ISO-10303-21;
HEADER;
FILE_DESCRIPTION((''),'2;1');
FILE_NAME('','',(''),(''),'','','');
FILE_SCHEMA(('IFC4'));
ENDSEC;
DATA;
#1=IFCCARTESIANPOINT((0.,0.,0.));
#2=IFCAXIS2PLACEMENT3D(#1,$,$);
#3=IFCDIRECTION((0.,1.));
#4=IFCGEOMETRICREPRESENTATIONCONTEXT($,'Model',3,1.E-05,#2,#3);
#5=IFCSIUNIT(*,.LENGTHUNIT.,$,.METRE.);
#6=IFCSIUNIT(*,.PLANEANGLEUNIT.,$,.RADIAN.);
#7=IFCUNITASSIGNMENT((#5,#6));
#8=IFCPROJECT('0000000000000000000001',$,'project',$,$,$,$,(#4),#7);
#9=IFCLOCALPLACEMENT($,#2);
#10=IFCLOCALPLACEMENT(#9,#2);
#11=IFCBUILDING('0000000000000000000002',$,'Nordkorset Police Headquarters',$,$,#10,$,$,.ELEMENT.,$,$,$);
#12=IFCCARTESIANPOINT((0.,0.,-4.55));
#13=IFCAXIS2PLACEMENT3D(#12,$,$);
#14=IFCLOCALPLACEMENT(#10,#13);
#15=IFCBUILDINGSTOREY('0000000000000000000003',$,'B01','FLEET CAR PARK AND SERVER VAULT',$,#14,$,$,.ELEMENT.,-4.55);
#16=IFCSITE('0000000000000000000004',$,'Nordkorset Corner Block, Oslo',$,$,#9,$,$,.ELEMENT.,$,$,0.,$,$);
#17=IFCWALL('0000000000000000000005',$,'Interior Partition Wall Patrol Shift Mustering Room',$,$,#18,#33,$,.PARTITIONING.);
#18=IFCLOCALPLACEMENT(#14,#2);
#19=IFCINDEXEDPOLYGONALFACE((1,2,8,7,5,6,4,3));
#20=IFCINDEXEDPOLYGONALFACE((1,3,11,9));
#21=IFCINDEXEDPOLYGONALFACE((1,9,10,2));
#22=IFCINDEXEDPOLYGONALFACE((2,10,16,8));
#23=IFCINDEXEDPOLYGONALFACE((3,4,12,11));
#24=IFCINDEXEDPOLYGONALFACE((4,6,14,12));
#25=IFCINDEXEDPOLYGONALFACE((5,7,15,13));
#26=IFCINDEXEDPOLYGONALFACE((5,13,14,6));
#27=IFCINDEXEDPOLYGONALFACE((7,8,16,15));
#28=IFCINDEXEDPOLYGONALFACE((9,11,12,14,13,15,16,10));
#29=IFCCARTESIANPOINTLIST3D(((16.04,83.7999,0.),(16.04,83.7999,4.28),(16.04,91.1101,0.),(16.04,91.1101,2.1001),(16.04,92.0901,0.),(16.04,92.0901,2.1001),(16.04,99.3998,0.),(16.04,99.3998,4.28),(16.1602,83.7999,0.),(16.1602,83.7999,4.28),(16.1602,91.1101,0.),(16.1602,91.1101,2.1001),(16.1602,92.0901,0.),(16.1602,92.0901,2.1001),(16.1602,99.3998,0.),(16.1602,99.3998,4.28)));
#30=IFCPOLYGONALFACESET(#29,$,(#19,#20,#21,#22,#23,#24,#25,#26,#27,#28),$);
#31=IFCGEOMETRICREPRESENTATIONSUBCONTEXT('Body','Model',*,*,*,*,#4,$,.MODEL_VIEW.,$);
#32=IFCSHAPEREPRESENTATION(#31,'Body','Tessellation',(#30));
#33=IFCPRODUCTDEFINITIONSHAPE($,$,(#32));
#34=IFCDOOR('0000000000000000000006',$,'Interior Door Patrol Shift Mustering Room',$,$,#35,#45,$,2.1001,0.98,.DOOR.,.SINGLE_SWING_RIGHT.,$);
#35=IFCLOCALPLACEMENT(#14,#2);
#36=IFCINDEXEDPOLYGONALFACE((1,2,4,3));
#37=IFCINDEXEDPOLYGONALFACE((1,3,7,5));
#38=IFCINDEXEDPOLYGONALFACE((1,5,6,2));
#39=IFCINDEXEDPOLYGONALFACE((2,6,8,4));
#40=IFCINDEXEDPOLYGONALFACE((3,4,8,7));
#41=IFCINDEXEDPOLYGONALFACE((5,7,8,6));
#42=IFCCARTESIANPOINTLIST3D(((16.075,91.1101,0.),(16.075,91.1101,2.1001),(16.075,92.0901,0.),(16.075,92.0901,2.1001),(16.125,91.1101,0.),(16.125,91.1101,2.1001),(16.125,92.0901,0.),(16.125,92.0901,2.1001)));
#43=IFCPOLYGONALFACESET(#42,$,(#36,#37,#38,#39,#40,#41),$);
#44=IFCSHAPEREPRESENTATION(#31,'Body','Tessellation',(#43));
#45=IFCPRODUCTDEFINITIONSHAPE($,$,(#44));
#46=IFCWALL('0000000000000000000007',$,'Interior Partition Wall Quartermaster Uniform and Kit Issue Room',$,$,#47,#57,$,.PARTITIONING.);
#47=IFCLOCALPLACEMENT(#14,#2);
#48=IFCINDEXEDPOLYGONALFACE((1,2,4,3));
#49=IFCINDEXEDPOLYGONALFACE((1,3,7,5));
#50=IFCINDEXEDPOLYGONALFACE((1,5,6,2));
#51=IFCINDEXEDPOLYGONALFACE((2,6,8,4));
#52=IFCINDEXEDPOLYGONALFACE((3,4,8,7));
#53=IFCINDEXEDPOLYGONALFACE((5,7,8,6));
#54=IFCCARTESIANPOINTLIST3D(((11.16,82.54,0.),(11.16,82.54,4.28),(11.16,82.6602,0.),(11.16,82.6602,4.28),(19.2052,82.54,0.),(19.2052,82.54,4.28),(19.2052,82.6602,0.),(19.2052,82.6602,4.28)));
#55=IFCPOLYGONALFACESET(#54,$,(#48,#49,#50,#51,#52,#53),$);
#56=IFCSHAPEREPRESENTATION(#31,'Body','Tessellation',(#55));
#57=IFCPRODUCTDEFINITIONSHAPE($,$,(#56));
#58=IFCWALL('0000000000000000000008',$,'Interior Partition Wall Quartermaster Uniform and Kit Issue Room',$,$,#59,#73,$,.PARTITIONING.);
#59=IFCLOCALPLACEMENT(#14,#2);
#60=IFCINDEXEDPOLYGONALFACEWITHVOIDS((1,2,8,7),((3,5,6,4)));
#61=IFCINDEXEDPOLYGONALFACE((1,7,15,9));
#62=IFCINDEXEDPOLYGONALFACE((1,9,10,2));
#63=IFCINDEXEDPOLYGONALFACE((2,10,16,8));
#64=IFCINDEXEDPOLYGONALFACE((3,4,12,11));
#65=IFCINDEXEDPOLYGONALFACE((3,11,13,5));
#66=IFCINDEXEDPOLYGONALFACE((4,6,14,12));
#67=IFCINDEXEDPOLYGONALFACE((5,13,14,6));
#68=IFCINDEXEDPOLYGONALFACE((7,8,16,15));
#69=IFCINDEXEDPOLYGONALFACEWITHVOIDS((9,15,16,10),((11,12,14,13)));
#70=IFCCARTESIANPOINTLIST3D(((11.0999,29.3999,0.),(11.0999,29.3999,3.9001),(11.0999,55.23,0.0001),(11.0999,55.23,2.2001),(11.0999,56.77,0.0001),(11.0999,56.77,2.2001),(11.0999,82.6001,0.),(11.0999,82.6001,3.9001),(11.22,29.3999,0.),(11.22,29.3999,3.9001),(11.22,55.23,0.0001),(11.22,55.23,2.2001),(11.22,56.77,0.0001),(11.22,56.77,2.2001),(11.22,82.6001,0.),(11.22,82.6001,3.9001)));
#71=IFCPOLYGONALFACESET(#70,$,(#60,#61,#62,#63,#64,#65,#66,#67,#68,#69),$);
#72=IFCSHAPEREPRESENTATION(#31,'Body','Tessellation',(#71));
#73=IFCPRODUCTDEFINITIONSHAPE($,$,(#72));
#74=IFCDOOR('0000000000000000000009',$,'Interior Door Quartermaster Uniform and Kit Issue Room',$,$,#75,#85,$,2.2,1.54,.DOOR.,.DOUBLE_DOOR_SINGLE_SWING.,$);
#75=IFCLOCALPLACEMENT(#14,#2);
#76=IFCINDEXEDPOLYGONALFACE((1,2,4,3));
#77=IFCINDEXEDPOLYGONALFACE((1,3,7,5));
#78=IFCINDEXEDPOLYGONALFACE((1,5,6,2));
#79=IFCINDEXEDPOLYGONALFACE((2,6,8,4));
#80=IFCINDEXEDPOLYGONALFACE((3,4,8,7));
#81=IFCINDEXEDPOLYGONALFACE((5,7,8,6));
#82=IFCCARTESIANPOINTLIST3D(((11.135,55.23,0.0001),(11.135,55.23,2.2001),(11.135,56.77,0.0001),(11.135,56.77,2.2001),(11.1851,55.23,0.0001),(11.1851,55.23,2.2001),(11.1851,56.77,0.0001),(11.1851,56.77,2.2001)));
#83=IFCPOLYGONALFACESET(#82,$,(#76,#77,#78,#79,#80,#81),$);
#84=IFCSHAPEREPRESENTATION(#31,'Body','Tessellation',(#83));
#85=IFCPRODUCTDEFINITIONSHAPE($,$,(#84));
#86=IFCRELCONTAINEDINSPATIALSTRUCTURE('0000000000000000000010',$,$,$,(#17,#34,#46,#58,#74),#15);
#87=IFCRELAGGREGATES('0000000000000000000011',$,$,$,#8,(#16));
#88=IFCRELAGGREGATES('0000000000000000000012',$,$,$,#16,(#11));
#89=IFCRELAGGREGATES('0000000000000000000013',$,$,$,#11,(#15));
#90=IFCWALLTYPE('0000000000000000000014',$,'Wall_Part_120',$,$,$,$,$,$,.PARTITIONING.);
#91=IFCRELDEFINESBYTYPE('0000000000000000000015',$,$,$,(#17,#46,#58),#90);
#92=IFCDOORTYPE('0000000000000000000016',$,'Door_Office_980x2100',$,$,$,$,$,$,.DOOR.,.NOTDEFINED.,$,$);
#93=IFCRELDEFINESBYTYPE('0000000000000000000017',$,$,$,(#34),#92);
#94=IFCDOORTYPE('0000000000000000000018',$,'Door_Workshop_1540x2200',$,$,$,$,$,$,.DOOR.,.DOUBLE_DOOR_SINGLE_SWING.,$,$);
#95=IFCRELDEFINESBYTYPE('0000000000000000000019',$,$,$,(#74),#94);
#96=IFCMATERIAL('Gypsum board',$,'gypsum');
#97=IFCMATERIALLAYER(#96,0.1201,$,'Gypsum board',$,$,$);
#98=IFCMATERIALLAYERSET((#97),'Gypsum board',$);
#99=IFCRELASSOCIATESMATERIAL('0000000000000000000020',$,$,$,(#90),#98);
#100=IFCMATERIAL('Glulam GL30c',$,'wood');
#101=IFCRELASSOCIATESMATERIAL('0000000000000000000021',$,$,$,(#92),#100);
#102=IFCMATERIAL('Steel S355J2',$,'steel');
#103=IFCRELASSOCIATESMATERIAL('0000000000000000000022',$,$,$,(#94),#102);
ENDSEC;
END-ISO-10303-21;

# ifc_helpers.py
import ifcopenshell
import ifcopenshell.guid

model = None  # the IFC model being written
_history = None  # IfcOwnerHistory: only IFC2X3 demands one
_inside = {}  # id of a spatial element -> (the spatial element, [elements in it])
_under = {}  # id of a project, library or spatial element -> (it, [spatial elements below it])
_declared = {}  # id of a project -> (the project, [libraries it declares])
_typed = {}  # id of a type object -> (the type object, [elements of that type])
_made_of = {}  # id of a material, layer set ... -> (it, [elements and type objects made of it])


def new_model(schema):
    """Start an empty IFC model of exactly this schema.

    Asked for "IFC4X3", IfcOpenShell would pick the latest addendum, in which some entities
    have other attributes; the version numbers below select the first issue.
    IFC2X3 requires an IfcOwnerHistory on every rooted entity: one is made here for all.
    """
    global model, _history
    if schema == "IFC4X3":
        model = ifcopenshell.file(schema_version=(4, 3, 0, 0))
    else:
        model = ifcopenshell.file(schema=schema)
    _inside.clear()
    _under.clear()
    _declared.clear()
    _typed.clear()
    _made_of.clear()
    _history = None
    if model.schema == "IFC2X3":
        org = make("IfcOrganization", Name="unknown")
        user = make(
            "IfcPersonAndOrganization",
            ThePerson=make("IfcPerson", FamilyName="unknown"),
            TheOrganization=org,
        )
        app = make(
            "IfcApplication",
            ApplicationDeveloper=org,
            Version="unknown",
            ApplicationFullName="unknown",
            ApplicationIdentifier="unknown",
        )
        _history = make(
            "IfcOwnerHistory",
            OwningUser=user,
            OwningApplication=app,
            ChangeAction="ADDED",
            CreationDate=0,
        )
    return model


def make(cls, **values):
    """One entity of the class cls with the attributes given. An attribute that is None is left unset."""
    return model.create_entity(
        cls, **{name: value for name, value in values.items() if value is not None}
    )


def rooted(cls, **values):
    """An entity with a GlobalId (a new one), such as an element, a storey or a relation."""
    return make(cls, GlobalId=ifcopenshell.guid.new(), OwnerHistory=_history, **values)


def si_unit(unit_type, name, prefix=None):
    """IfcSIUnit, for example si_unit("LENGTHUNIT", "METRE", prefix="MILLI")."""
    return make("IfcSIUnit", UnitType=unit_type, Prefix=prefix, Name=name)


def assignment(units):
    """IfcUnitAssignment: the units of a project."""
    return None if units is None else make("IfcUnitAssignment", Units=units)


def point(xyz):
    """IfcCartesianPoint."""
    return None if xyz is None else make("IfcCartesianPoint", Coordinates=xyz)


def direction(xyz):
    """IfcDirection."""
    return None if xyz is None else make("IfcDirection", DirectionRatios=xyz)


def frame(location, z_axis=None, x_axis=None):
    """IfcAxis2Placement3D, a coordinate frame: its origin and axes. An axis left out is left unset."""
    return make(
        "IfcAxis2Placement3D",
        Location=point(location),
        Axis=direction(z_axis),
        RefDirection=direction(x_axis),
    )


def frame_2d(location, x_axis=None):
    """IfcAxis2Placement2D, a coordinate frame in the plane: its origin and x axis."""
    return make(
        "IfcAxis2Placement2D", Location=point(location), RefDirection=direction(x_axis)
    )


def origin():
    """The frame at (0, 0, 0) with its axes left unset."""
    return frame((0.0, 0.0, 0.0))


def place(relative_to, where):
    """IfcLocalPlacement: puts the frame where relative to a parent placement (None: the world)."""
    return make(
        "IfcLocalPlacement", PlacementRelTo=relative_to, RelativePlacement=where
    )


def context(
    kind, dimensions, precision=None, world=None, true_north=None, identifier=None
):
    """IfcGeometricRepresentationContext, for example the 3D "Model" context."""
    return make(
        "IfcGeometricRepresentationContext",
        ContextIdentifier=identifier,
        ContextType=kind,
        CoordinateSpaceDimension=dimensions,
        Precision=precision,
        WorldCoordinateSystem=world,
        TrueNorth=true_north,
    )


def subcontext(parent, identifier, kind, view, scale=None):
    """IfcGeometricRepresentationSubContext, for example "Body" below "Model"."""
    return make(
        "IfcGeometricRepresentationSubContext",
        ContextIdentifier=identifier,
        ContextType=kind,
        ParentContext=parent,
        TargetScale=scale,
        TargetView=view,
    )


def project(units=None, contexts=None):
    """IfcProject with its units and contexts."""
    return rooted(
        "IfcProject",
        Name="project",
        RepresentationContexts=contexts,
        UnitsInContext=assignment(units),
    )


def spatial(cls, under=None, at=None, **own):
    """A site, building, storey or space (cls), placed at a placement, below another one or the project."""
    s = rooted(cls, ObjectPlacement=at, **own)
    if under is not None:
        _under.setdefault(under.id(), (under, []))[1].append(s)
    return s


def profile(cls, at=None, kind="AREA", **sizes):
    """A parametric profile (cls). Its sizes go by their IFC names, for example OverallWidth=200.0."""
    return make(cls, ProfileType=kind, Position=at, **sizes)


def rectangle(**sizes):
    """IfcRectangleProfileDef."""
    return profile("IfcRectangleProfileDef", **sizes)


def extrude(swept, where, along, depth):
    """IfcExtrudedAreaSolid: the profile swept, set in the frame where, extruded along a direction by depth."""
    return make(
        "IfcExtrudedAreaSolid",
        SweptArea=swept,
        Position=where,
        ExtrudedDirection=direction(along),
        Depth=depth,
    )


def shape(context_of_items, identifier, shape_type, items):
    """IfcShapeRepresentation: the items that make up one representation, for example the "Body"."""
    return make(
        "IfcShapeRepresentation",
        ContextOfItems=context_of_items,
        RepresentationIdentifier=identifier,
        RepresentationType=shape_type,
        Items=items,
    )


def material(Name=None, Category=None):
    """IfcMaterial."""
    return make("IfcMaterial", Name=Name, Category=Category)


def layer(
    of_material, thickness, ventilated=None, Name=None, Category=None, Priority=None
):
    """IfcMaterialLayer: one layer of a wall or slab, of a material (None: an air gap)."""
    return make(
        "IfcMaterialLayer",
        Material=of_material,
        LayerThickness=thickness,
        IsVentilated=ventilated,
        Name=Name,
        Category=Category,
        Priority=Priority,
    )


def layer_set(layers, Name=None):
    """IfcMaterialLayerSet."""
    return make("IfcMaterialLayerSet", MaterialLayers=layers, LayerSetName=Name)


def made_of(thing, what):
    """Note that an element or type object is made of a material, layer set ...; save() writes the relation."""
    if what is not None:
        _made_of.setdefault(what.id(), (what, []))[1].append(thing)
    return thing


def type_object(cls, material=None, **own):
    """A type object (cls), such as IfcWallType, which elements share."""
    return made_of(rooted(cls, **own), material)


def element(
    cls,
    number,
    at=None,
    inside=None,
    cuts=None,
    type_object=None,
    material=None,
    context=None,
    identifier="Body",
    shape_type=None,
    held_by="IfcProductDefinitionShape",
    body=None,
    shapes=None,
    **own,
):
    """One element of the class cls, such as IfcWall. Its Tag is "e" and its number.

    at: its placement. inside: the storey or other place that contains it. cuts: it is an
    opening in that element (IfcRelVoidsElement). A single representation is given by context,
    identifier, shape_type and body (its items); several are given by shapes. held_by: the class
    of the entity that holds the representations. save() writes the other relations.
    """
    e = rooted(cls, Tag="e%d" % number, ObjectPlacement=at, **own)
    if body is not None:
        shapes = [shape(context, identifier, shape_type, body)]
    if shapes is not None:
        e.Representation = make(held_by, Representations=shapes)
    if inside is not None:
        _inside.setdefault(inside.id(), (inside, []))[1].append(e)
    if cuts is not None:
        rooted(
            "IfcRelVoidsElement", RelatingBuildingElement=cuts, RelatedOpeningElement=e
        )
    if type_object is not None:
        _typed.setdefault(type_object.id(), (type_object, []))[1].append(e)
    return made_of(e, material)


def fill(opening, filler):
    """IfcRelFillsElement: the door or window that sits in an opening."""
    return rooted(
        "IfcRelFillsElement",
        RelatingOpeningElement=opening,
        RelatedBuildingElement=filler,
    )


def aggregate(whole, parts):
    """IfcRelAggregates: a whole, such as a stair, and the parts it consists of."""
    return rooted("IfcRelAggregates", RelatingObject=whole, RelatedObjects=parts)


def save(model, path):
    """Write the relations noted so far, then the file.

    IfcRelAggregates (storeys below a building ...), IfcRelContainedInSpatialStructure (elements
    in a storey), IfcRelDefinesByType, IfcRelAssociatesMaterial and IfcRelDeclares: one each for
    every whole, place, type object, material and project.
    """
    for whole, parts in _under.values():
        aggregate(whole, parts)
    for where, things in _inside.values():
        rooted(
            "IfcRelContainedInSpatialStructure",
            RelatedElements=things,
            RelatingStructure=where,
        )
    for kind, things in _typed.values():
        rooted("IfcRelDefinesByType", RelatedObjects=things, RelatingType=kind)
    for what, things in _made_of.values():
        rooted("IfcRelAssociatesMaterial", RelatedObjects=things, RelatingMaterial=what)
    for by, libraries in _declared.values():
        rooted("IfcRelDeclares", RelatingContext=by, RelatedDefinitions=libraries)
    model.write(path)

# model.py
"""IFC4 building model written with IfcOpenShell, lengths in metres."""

from ifc_helpers import new_model, si_unit, direction, frame, frame_2d, origin, place, context, subcontext, project, spatial, rectangle, extrude, material, layer, layer_set, type_object, element, fill, save


model = new_model("IFC4")

# Units and contexts
model_context = context("Model", 3, precision=1e-05, world=origin(), true_north=direction((0.0, 1.0)))
body_context = subcontext(model_context, "Body", "Model", "MODEL_VIEW")
ifc_project = project(units=[si_unit("LENGTHUNIT", "METRE"), si_unit("PLANEANGLEUNIT", "RADIAN")], contexts=[model_context])

# Site, building, storey
site_placement = place(None, origin())
site = spatial("IfcSite", under=ifc_project, at=site_placement, Name="Nordkorset Corner Block, Oslo", CompositionType="ELEMENT", RefElevation=0.0)
building_placement = place(site_placement, origin())
building = spatial("IfcBuilding", under=site, at=building_placement, Name="Nordkorset Police Headquarters", CompositionType="ELEMENT")
storey_placement = place(building_placement, frame((0.0, 0.0, -4.55)))
storey = spatial("IfcBuildingStorey", under=building, at=storey_placement, Name="B01", Description="FLEET CAR PARK AND SERVER VAULT", CompositionType="ELEMENT", Elevation=-4.55)

# Wall, opening, door
ifc_material_1 = material(Name="Gypsum board", Category="gypsum")
ifc_layer = layer(ifc_material_1, 0.1201, Name="Gypsum board")
ifc_layer_set = layer_set([ifc_layer], Name="Gypsum board")
wall_type = type_object("IfcWallType", Name="Wall_Part_120", PredefinedType="PARTITIONING", material=ifc_layer_set)
wall_1_placement = place(storey_placement, frame((16.1001, 83.8, 0.0), z_axis=(0.0, 0.0, 1.0), x_axis=(0.0, 1.0, 0.0)))
wall_1 = element("IfcWall", 1, at=wall_1_placement, inside=storey, type_object=wall_type, Name="Interior Partition Wall Patrol Shift Mustering Room", PredefinedType="PARTITIONING", context=body_context, shape_type="SweptSolid", body=[
    extrude(rectangle(XDim=15.5999, YDim=0.1201, at=frame_2d((7.7998, 0.0))), origin(), (0.0, 0.0, 1.0), 4.28),
])
opening_1_placement = place(wall_1_placement, frame((7.3101, 0.0, 0.0)))
opening_1 = element("IfcOpeningElement", 2, at=opening_1_placement, cuts=wall_1, PredefinedType="OPENING", context=body_context, shape_type="SweptSolid", body=[
    extrude(rectangle(XDim=0.98, YDim=2.1001, at=frame_2d((0.49, 1.05))), frame((0.0, 0.0701, 0.0), z_axis=(0.0, -1.0, 0.0), x_axis=(1.0, 0.0, 0.0)), (0.0, 0.0, 1.0), 0.1401),
])
ifc_material_2 = material(Name="Glulam GL30c", Category="wood")
door_type_1 = type_object("IfcDoorType", Name="Door_Office_980x2100", OperationType="NOTDEFINED", PredefinedType="DOOR", material=ifc_material_2)
door_1_placement = place(opening_1_placement, frame((0.98, 0.0, 0.0), z_axis=(0.0, 0.0, 1.0), x_axis=(-1.0, 0.0, 0.0)))
door_1 = element("IfcDoor", 3, at=door_1_placement, inside=storey, type_object=door_type_1, Name="Interior Door Patrol Shift Mustering Room", OperationType="SINGLE_SWING_RIGHT", OverallHeight=2.1001, OverallWidth=0.98, PredefinedType="DOOR", context=body_context, shape_type="SweptSolid", body=[
    extrude(rectangle(XDim=0.98, YDim=2.1001, at=frame_2d((0.49, 1.05))), frame((0.0, 0.0249, 0.0), z_axis=(0.0, -1.0, 0.0), x_axis=(1.0, 0.0, 0.0)), (0.0, 0.0, 1.0), 0.05),
])
fill(opening_1, door_1)

# Wall
wall_2_placement = place(storey_placement, frame((19.2051, 82.6001, 0.0), z_axis=(0.0, 0.0, 1.0), x_axis=(-1.0, 0.0, 0.0)))
element("IfcWall", 4, at=wall_2_placement, inside=storey, type_object=wall_type, Name="Interior Partition Wall Quartermaster Uniform and Kit Issue Room", PredefinedType="PARTITIONING", context=body_context, shape_type="SweptSolid", body=[
    extrude(rectangle(XDim=8.0452, YDim=0.1201, at=frame_2d((4.0225, 0.0))), origin(), (0.0, 0.0, 1.0), 4.28),
])

# Wall, opening, door
wall_3_placement = place(storey_placement, frame((11.1599, 82.6001, 0.0), z_axis=(0.0, 0.0, 1.0), x_axis=(0.0, -1.0, 0.0)))
wall_3 = element("IfcWall", 5, at=wall_3_placement, inside=storey, type_object=wall_type, Name="Interior Partition Wall Quartermaster Uniform and Kit Issue Room", PredefinedType="PARTITIONING", context=body_context, shape_type="SweptSolid", body=[
    extrude(rectangle(XDim=53.2002, YDim=0.1201, at=frame_2d((26.6001, 0.0))), origin(), (0.0, 0.0, 1.0), 3.9001),
])
opening_2_placement = place(wall_3_placement, frame((25.8301, 0.0, 0.0)))
opening_2 = element("IfcOpeningElement", 6, at=opening_2_placement, cuts=wall_3, PredefinedType="OPENING", context=body_context, shape_type="SweptSolid", body=[
    extrude(rectangle(XDim=1.54, YDim=2.2, at=frame_2d((0.77, 1.1001))), frame((0.0, 0.0701, 0.0), z_axis=(0.0, -1.0, 0.0), x_axis=(1.0, 0.0, 0.0)), (0.0, 0.0, 1.0), 0.1401),
])
ifc_material_3 = material(Name="Steel S355J2", Category="steel")
door_type_2 = type_object("IfcDoorType", Name="Door_Workshop_1540x2200", OperationType="DOUBLE_DOOR_SINGLE_SWING", PredefinedType="DOOR", material=ifc_material_3)
door_2_placement = place(opening_2_placement, frame((1.54, 0.0, 0.0), z_axis=(0.0, 0.0, 1.0), x_axis=(-1.0, 0.0, 0.0)))
door_2 = element("IfcDoor", 7, at=door_2_placement, inside=storey, type_object=door_type_2, Name="Interior Door Quartermaster Uniform and Kit Issue Room", OperationType="DOUBLE_DOOR_SINGLE_SWING", OverallHeight=2.2, OverallWidth=1.54, PredefinedType="DOOR", context=body_context, shape_type="SweptSolid", body=[
    extrude(rectangle(XDim=1.54, YDim=2.2, at=frame_2d((0.77, 1.1001))), frame((0.0, 0.0249, 0.0), z_axis=(0.0, -1.0, 0.0), x_axis=(1.0, 0.0, 0.0)), (0.0, 0.0, 1.0), 0.05),
])
fill(opening_2, door_2)

save(model, "model.ifc")
